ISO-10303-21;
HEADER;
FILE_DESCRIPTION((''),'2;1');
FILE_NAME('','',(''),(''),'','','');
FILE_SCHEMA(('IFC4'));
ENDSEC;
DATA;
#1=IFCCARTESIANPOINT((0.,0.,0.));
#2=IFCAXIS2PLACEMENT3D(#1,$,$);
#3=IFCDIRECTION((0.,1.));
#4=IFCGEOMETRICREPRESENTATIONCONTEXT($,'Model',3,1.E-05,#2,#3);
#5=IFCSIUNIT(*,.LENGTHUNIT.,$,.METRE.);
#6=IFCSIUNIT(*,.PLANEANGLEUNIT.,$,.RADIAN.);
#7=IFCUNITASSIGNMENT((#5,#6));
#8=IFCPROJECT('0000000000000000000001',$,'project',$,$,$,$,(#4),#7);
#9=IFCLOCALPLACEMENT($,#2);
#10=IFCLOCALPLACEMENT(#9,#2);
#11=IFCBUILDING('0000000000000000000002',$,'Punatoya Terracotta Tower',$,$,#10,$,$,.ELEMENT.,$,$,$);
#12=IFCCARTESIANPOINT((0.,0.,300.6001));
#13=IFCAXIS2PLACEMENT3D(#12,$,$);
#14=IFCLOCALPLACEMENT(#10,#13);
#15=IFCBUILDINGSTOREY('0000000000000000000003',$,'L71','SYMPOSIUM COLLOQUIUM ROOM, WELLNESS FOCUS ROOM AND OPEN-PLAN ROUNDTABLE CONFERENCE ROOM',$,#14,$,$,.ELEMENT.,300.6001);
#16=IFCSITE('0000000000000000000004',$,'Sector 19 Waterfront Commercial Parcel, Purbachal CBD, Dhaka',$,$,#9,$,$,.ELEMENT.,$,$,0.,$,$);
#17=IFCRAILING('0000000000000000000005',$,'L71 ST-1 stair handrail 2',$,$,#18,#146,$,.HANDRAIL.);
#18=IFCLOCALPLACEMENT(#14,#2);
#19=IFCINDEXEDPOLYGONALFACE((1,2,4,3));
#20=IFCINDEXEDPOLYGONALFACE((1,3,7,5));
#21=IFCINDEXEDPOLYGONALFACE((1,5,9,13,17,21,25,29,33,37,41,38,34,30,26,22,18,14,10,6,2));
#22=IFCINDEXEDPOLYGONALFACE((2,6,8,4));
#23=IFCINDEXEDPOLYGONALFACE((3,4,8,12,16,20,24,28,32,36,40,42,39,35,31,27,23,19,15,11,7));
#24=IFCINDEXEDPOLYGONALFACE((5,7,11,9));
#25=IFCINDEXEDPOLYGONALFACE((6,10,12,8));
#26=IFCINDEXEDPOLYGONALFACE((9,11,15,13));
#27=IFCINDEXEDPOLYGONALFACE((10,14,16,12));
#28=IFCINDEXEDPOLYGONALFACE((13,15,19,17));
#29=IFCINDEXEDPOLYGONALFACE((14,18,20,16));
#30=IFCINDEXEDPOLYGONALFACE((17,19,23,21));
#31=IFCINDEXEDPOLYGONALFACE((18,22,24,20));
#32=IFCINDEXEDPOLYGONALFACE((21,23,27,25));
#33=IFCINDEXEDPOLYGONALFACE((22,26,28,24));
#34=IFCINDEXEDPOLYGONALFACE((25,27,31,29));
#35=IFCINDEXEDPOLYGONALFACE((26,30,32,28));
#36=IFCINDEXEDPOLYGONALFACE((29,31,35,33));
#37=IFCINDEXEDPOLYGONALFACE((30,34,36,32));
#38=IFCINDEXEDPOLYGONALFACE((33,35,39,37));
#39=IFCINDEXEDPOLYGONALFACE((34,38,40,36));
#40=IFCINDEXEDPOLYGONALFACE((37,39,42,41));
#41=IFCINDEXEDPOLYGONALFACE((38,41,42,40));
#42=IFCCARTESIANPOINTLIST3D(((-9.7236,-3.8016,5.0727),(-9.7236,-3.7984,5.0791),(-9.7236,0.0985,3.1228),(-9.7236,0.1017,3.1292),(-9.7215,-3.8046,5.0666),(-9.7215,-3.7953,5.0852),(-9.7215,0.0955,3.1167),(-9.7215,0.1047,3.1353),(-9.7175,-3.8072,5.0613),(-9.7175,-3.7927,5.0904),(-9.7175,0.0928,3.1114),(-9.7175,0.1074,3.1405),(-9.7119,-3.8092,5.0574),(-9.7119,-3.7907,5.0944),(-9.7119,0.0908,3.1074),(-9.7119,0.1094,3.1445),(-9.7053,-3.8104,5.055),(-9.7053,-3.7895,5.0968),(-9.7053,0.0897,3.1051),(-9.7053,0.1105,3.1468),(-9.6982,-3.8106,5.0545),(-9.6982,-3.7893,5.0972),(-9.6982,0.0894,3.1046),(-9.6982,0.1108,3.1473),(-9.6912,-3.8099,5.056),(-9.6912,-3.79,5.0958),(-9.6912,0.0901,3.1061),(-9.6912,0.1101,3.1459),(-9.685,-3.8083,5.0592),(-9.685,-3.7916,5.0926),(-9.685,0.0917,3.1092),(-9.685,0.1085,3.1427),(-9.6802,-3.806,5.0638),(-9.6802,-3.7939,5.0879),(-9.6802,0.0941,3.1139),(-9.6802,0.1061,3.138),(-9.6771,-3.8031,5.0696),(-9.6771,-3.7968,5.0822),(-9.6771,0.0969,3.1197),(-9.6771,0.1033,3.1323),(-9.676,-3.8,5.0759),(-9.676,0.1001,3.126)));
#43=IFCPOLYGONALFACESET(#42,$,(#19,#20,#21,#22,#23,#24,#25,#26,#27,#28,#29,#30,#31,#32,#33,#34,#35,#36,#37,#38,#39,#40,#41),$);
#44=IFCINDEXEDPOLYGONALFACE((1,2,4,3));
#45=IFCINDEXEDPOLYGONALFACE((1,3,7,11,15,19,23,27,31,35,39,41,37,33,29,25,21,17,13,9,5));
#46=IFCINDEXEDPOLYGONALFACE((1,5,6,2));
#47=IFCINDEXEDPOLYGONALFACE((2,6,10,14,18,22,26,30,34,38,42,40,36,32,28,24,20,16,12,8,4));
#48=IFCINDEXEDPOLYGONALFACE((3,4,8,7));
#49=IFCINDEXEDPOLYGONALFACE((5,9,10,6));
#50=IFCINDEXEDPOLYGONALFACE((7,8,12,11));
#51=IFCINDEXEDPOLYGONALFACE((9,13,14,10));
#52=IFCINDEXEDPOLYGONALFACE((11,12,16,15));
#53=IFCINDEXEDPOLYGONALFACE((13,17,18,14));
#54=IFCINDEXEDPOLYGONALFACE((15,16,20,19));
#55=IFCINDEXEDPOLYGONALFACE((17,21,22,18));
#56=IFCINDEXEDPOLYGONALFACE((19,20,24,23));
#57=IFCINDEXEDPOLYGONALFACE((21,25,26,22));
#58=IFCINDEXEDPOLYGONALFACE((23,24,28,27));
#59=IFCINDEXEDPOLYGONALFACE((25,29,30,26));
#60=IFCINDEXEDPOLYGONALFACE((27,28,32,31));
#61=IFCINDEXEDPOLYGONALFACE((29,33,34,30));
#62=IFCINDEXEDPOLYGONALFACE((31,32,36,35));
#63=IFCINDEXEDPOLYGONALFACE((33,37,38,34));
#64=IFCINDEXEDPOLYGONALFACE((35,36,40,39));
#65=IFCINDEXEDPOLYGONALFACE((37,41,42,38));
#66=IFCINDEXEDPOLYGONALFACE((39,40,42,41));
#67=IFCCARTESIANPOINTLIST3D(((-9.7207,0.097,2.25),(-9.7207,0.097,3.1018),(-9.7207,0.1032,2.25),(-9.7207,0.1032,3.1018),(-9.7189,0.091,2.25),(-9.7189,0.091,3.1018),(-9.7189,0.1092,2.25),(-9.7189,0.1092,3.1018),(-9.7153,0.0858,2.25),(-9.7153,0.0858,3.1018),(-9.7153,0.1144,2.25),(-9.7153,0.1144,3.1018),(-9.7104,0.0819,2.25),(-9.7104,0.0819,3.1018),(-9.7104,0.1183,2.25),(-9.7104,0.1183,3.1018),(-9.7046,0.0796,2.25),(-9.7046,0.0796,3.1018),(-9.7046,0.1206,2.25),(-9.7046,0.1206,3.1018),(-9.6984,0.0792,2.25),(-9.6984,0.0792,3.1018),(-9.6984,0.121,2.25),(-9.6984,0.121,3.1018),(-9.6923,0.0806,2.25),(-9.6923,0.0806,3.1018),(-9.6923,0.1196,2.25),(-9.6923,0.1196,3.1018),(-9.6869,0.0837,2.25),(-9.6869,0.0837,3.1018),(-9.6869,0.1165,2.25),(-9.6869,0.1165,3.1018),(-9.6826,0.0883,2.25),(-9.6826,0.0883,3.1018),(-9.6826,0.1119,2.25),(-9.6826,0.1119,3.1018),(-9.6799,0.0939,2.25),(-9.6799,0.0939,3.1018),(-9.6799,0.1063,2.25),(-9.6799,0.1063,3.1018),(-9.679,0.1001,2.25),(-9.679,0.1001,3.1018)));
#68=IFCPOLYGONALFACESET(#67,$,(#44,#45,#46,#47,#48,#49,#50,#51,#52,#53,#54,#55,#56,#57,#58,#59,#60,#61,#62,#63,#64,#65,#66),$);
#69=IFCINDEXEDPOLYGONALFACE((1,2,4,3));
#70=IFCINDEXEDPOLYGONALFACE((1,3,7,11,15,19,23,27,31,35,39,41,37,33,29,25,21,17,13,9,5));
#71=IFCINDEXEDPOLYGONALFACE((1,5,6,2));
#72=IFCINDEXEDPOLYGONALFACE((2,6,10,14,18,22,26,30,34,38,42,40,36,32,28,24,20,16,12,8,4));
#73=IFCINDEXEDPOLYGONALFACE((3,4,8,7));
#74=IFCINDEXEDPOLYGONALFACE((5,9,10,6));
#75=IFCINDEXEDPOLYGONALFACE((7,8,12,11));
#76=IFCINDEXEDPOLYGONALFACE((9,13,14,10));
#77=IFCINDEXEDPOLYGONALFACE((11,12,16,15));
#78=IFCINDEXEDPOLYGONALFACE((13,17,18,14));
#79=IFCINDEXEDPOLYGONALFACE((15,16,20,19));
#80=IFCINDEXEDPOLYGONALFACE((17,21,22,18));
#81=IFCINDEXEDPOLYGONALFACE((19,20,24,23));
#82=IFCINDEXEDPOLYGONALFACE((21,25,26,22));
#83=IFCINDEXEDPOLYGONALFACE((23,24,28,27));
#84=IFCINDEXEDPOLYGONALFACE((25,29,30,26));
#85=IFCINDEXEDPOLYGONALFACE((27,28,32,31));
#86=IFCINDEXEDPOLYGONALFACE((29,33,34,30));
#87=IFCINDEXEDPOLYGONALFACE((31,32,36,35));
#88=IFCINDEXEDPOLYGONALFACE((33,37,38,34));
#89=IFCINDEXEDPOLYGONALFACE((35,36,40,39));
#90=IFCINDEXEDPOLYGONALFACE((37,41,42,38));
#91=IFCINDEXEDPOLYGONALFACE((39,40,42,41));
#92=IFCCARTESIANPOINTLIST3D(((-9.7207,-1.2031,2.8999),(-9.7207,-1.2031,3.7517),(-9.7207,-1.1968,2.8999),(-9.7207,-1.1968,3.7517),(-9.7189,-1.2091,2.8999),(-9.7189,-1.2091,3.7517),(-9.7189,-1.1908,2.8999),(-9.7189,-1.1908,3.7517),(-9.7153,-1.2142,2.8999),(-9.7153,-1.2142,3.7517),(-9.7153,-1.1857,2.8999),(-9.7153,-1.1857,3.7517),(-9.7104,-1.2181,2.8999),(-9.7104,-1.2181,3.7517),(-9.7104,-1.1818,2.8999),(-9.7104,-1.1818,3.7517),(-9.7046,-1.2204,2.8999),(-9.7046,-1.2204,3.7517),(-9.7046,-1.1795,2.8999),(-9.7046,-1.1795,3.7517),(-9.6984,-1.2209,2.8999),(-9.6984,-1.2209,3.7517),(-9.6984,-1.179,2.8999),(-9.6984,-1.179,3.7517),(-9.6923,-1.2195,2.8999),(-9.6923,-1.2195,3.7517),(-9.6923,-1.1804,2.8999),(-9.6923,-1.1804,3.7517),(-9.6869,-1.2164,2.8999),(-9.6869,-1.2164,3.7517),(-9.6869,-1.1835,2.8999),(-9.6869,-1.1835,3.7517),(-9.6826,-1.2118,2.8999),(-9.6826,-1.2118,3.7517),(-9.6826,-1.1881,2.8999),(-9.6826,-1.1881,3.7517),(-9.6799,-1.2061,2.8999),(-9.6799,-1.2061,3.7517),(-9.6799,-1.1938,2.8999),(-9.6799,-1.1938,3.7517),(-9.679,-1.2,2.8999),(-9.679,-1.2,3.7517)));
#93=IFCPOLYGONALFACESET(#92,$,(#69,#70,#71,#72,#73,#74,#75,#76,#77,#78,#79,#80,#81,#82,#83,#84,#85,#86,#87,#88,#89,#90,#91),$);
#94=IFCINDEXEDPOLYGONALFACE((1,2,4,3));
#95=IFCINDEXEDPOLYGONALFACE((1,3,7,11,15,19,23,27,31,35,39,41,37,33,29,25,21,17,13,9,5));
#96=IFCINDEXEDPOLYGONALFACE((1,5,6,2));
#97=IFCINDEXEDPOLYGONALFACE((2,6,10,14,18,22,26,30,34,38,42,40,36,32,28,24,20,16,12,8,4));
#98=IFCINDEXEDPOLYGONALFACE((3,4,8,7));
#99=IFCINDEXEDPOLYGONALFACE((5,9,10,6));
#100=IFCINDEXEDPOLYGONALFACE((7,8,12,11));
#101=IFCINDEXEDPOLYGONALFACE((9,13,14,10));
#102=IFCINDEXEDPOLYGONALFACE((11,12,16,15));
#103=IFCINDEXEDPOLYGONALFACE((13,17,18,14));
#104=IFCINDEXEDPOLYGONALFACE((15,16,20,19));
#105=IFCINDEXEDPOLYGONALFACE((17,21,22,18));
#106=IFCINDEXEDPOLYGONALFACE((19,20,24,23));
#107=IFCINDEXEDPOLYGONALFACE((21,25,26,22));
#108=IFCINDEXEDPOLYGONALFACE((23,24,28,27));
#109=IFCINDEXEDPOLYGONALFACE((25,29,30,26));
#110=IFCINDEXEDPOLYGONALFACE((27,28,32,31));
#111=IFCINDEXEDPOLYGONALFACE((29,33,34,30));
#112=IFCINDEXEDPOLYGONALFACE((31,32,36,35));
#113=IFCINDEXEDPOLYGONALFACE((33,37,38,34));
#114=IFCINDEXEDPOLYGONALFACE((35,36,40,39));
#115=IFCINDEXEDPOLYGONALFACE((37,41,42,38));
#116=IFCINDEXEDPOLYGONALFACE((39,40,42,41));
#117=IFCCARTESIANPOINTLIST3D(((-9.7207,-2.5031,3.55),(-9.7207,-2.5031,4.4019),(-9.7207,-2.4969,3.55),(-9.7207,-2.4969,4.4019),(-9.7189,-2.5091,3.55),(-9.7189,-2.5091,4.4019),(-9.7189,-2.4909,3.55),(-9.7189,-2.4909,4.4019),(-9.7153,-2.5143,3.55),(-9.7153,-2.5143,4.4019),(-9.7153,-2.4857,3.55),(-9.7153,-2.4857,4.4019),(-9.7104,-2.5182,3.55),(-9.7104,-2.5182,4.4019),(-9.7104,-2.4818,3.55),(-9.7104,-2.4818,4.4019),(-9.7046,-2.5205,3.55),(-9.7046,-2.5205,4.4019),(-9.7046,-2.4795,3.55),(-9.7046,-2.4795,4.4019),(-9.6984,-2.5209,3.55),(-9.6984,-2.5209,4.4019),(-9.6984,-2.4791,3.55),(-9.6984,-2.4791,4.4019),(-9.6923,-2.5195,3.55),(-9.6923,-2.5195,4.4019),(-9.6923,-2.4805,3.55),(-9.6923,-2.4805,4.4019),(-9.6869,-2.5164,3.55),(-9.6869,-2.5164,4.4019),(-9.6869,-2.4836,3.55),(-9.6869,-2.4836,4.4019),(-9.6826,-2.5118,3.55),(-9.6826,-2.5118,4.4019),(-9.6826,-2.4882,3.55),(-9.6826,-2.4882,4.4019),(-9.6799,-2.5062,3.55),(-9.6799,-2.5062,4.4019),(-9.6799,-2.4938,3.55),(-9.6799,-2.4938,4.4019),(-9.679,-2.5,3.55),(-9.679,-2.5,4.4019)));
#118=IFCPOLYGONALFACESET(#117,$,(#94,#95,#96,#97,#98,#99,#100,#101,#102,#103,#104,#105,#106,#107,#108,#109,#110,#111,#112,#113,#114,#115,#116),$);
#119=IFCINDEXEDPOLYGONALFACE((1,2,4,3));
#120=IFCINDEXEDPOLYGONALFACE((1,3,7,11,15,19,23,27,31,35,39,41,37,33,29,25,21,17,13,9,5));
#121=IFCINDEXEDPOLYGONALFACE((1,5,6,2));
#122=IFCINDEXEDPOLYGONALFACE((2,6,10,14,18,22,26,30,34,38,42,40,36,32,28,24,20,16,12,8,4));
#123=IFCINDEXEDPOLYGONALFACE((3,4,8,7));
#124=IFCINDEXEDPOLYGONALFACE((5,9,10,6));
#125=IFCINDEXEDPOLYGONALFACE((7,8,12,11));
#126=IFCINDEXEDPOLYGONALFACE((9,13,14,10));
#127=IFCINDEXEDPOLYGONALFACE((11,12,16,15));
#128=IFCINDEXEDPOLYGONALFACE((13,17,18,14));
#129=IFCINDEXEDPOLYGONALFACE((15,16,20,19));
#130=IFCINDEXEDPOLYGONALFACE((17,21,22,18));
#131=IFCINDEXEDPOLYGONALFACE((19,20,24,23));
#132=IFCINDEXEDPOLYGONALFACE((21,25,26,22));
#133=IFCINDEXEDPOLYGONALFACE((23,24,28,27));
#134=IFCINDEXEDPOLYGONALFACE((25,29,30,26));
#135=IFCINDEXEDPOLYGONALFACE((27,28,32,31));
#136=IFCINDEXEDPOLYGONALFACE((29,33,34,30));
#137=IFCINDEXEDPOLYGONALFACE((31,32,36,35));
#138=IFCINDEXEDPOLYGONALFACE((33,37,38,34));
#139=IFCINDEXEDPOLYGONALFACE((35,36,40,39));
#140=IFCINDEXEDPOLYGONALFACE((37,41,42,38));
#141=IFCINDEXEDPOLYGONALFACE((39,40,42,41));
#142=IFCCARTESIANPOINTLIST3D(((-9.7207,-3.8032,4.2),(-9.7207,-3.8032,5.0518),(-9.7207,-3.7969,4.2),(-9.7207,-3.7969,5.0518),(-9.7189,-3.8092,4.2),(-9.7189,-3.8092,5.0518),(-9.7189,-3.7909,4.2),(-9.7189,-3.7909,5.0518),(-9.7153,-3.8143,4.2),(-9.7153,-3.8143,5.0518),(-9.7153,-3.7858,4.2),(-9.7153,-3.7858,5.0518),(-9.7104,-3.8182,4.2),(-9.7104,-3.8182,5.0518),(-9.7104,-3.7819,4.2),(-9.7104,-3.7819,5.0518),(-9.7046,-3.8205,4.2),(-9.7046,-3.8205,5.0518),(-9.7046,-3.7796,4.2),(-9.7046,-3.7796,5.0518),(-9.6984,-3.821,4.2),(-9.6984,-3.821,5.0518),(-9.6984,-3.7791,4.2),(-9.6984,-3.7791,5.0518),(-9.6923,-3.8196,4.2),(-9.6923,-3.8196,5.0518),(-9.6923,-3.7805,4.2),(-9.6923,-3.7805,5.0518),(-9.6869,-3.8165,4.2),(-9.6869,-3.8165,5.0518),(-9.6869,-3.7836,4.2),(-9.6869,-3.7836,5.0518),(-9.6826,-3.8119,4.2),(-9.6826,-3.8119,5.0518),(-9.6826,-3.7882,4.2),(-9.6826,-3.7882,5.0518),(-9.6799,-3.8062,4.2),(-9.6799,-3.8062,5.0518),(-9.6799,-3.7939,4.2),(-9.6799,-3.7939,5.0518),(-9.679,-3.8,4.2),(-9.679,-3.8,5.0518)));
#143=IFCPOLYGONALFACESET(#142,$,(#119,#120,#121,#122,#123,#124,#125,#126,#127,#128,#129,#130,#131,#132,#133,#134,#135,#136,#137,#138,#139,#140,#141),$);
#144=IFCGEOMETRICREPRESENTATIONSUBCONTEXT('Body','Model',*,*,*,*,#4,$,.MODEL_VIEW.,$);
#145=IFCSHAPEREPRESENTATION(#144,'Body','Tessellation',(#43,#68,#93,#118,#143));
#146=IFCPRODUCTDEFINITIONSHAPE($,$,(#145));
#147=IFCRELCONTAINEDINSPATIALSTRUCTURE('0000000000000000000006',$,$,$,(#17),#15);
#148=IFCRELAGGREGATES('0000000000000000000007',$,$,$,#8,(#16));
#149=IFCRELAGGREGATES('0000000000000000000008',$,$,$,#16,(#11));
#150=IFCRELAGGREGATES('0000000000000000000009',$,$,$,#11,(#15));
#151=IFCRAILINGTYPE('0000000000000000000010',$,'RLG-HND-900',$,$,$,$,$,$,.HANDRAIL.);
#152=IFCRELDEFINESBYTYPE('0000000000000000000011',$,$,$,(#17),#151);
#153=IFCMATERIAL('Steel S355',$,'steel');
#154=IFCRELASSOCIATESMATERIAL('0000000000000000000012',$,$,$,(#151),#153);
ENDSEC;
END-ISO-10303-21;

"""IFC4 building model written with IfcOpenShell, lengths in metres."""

from ifc_helpers import new_model, si_unit, direction, frame, origin, origin_2d, place, context, subcontext, project, spatial, circle, extrude, material, type_object, element, save


model = new_model("IFC4")

# Units and contexts
model_context = context("Model", 3, precision=1e-05, world=origin(), true_north=direction((0.0, 1.0)))
body_context = subcontext(model_context, "Body", "Model", "MODEL_VIEW")
ifc_project = project(units=[si_unit("LENGTHUNIT", "METRE"), si_unit("PLANEANGLEUNIT", "RADIAN")], contexts=[model_context])

# Site, building, storey
site_placement = place(None, origin())
site = spatial("IfcSite", under=ifc_project, at=site_placement, Name="Sector 19 Waterfront Commercial Parcel, Purbachal CBD, Dhaka", CompositionType="ELEMENT", RefElevation=0.0)
building_placement = place(site_placement, origin())
building = spatial("IfcBuilding", under=site, at=building_placement, Name="Punatoya Terracotta Tower", CompositionType="ELEMENT")
storey_placement = place(building_placement, frame((0.0, 0.0, 300.6001)))
storey = spatial("IfcBuildingStorey", under=building, at=storey_placement, Name="L71", Description="SYMPOSIUM COLLOQUIUM ROOM, WELLNESS FOCUS ROOM AND OPEN-PLAN ROUNDTABLE CONFERENCE ROOM", CompositionType="ELEMENT", Elevation=300.6001)

# Shared definitions
ifc_material_1 = material(Name="Steel S355", Category="steel")

# Railing
railing_type_1 = type_object("IfcRailingType", Name="RLG-HND-900", PredefinedType="HANDRAIL", material=ifc_material_1)
railing_1_placement = place(storey_placement, frame((-9.7, 0.1001, 2.25)))
element("IfcRailing", 1, at=railing_1_placement, inside=storey, type_object=railing_type_1, Name="L71 ST-1 stair handrail 2", PredefinedType="HANDRAIL", context=body_context, shape_type="SweptSolid", body=[
    extrude(circle(Radius=0.0239, at=origin_2d()), frame((0.0, 0.0, 0.876), z_axis=(0.0, -0.894438, 0.447191), x_axis=(1.0, 0.0, 0.0)), (0.0, 0.0, 1.0), 4.3604),
    extrude(circle(Radius=0.021, at=origin_2d()), origin(), (0.0, 0.0, 1.0), 0.8518),
    extrude(circle(Radius=0.021, at=origin_2d()), frame((0.0, -1.3, 0.6499)), (0.0, 0.0, 1.0), 0.8518),
    extrude(circle(Radius=0.021, at=origin_2d()), frame((0.0, -2.6001, 1.3)), (0.0, 0.0, 1.0), 0.8518),
    extrude(circle(Radius=0.021, at=origin_2d()), frame((0.0, -3.9001, 1.95)), (0.0, 0.0, 1.0), 0.8518),
])

save(model, "model.ifc")
